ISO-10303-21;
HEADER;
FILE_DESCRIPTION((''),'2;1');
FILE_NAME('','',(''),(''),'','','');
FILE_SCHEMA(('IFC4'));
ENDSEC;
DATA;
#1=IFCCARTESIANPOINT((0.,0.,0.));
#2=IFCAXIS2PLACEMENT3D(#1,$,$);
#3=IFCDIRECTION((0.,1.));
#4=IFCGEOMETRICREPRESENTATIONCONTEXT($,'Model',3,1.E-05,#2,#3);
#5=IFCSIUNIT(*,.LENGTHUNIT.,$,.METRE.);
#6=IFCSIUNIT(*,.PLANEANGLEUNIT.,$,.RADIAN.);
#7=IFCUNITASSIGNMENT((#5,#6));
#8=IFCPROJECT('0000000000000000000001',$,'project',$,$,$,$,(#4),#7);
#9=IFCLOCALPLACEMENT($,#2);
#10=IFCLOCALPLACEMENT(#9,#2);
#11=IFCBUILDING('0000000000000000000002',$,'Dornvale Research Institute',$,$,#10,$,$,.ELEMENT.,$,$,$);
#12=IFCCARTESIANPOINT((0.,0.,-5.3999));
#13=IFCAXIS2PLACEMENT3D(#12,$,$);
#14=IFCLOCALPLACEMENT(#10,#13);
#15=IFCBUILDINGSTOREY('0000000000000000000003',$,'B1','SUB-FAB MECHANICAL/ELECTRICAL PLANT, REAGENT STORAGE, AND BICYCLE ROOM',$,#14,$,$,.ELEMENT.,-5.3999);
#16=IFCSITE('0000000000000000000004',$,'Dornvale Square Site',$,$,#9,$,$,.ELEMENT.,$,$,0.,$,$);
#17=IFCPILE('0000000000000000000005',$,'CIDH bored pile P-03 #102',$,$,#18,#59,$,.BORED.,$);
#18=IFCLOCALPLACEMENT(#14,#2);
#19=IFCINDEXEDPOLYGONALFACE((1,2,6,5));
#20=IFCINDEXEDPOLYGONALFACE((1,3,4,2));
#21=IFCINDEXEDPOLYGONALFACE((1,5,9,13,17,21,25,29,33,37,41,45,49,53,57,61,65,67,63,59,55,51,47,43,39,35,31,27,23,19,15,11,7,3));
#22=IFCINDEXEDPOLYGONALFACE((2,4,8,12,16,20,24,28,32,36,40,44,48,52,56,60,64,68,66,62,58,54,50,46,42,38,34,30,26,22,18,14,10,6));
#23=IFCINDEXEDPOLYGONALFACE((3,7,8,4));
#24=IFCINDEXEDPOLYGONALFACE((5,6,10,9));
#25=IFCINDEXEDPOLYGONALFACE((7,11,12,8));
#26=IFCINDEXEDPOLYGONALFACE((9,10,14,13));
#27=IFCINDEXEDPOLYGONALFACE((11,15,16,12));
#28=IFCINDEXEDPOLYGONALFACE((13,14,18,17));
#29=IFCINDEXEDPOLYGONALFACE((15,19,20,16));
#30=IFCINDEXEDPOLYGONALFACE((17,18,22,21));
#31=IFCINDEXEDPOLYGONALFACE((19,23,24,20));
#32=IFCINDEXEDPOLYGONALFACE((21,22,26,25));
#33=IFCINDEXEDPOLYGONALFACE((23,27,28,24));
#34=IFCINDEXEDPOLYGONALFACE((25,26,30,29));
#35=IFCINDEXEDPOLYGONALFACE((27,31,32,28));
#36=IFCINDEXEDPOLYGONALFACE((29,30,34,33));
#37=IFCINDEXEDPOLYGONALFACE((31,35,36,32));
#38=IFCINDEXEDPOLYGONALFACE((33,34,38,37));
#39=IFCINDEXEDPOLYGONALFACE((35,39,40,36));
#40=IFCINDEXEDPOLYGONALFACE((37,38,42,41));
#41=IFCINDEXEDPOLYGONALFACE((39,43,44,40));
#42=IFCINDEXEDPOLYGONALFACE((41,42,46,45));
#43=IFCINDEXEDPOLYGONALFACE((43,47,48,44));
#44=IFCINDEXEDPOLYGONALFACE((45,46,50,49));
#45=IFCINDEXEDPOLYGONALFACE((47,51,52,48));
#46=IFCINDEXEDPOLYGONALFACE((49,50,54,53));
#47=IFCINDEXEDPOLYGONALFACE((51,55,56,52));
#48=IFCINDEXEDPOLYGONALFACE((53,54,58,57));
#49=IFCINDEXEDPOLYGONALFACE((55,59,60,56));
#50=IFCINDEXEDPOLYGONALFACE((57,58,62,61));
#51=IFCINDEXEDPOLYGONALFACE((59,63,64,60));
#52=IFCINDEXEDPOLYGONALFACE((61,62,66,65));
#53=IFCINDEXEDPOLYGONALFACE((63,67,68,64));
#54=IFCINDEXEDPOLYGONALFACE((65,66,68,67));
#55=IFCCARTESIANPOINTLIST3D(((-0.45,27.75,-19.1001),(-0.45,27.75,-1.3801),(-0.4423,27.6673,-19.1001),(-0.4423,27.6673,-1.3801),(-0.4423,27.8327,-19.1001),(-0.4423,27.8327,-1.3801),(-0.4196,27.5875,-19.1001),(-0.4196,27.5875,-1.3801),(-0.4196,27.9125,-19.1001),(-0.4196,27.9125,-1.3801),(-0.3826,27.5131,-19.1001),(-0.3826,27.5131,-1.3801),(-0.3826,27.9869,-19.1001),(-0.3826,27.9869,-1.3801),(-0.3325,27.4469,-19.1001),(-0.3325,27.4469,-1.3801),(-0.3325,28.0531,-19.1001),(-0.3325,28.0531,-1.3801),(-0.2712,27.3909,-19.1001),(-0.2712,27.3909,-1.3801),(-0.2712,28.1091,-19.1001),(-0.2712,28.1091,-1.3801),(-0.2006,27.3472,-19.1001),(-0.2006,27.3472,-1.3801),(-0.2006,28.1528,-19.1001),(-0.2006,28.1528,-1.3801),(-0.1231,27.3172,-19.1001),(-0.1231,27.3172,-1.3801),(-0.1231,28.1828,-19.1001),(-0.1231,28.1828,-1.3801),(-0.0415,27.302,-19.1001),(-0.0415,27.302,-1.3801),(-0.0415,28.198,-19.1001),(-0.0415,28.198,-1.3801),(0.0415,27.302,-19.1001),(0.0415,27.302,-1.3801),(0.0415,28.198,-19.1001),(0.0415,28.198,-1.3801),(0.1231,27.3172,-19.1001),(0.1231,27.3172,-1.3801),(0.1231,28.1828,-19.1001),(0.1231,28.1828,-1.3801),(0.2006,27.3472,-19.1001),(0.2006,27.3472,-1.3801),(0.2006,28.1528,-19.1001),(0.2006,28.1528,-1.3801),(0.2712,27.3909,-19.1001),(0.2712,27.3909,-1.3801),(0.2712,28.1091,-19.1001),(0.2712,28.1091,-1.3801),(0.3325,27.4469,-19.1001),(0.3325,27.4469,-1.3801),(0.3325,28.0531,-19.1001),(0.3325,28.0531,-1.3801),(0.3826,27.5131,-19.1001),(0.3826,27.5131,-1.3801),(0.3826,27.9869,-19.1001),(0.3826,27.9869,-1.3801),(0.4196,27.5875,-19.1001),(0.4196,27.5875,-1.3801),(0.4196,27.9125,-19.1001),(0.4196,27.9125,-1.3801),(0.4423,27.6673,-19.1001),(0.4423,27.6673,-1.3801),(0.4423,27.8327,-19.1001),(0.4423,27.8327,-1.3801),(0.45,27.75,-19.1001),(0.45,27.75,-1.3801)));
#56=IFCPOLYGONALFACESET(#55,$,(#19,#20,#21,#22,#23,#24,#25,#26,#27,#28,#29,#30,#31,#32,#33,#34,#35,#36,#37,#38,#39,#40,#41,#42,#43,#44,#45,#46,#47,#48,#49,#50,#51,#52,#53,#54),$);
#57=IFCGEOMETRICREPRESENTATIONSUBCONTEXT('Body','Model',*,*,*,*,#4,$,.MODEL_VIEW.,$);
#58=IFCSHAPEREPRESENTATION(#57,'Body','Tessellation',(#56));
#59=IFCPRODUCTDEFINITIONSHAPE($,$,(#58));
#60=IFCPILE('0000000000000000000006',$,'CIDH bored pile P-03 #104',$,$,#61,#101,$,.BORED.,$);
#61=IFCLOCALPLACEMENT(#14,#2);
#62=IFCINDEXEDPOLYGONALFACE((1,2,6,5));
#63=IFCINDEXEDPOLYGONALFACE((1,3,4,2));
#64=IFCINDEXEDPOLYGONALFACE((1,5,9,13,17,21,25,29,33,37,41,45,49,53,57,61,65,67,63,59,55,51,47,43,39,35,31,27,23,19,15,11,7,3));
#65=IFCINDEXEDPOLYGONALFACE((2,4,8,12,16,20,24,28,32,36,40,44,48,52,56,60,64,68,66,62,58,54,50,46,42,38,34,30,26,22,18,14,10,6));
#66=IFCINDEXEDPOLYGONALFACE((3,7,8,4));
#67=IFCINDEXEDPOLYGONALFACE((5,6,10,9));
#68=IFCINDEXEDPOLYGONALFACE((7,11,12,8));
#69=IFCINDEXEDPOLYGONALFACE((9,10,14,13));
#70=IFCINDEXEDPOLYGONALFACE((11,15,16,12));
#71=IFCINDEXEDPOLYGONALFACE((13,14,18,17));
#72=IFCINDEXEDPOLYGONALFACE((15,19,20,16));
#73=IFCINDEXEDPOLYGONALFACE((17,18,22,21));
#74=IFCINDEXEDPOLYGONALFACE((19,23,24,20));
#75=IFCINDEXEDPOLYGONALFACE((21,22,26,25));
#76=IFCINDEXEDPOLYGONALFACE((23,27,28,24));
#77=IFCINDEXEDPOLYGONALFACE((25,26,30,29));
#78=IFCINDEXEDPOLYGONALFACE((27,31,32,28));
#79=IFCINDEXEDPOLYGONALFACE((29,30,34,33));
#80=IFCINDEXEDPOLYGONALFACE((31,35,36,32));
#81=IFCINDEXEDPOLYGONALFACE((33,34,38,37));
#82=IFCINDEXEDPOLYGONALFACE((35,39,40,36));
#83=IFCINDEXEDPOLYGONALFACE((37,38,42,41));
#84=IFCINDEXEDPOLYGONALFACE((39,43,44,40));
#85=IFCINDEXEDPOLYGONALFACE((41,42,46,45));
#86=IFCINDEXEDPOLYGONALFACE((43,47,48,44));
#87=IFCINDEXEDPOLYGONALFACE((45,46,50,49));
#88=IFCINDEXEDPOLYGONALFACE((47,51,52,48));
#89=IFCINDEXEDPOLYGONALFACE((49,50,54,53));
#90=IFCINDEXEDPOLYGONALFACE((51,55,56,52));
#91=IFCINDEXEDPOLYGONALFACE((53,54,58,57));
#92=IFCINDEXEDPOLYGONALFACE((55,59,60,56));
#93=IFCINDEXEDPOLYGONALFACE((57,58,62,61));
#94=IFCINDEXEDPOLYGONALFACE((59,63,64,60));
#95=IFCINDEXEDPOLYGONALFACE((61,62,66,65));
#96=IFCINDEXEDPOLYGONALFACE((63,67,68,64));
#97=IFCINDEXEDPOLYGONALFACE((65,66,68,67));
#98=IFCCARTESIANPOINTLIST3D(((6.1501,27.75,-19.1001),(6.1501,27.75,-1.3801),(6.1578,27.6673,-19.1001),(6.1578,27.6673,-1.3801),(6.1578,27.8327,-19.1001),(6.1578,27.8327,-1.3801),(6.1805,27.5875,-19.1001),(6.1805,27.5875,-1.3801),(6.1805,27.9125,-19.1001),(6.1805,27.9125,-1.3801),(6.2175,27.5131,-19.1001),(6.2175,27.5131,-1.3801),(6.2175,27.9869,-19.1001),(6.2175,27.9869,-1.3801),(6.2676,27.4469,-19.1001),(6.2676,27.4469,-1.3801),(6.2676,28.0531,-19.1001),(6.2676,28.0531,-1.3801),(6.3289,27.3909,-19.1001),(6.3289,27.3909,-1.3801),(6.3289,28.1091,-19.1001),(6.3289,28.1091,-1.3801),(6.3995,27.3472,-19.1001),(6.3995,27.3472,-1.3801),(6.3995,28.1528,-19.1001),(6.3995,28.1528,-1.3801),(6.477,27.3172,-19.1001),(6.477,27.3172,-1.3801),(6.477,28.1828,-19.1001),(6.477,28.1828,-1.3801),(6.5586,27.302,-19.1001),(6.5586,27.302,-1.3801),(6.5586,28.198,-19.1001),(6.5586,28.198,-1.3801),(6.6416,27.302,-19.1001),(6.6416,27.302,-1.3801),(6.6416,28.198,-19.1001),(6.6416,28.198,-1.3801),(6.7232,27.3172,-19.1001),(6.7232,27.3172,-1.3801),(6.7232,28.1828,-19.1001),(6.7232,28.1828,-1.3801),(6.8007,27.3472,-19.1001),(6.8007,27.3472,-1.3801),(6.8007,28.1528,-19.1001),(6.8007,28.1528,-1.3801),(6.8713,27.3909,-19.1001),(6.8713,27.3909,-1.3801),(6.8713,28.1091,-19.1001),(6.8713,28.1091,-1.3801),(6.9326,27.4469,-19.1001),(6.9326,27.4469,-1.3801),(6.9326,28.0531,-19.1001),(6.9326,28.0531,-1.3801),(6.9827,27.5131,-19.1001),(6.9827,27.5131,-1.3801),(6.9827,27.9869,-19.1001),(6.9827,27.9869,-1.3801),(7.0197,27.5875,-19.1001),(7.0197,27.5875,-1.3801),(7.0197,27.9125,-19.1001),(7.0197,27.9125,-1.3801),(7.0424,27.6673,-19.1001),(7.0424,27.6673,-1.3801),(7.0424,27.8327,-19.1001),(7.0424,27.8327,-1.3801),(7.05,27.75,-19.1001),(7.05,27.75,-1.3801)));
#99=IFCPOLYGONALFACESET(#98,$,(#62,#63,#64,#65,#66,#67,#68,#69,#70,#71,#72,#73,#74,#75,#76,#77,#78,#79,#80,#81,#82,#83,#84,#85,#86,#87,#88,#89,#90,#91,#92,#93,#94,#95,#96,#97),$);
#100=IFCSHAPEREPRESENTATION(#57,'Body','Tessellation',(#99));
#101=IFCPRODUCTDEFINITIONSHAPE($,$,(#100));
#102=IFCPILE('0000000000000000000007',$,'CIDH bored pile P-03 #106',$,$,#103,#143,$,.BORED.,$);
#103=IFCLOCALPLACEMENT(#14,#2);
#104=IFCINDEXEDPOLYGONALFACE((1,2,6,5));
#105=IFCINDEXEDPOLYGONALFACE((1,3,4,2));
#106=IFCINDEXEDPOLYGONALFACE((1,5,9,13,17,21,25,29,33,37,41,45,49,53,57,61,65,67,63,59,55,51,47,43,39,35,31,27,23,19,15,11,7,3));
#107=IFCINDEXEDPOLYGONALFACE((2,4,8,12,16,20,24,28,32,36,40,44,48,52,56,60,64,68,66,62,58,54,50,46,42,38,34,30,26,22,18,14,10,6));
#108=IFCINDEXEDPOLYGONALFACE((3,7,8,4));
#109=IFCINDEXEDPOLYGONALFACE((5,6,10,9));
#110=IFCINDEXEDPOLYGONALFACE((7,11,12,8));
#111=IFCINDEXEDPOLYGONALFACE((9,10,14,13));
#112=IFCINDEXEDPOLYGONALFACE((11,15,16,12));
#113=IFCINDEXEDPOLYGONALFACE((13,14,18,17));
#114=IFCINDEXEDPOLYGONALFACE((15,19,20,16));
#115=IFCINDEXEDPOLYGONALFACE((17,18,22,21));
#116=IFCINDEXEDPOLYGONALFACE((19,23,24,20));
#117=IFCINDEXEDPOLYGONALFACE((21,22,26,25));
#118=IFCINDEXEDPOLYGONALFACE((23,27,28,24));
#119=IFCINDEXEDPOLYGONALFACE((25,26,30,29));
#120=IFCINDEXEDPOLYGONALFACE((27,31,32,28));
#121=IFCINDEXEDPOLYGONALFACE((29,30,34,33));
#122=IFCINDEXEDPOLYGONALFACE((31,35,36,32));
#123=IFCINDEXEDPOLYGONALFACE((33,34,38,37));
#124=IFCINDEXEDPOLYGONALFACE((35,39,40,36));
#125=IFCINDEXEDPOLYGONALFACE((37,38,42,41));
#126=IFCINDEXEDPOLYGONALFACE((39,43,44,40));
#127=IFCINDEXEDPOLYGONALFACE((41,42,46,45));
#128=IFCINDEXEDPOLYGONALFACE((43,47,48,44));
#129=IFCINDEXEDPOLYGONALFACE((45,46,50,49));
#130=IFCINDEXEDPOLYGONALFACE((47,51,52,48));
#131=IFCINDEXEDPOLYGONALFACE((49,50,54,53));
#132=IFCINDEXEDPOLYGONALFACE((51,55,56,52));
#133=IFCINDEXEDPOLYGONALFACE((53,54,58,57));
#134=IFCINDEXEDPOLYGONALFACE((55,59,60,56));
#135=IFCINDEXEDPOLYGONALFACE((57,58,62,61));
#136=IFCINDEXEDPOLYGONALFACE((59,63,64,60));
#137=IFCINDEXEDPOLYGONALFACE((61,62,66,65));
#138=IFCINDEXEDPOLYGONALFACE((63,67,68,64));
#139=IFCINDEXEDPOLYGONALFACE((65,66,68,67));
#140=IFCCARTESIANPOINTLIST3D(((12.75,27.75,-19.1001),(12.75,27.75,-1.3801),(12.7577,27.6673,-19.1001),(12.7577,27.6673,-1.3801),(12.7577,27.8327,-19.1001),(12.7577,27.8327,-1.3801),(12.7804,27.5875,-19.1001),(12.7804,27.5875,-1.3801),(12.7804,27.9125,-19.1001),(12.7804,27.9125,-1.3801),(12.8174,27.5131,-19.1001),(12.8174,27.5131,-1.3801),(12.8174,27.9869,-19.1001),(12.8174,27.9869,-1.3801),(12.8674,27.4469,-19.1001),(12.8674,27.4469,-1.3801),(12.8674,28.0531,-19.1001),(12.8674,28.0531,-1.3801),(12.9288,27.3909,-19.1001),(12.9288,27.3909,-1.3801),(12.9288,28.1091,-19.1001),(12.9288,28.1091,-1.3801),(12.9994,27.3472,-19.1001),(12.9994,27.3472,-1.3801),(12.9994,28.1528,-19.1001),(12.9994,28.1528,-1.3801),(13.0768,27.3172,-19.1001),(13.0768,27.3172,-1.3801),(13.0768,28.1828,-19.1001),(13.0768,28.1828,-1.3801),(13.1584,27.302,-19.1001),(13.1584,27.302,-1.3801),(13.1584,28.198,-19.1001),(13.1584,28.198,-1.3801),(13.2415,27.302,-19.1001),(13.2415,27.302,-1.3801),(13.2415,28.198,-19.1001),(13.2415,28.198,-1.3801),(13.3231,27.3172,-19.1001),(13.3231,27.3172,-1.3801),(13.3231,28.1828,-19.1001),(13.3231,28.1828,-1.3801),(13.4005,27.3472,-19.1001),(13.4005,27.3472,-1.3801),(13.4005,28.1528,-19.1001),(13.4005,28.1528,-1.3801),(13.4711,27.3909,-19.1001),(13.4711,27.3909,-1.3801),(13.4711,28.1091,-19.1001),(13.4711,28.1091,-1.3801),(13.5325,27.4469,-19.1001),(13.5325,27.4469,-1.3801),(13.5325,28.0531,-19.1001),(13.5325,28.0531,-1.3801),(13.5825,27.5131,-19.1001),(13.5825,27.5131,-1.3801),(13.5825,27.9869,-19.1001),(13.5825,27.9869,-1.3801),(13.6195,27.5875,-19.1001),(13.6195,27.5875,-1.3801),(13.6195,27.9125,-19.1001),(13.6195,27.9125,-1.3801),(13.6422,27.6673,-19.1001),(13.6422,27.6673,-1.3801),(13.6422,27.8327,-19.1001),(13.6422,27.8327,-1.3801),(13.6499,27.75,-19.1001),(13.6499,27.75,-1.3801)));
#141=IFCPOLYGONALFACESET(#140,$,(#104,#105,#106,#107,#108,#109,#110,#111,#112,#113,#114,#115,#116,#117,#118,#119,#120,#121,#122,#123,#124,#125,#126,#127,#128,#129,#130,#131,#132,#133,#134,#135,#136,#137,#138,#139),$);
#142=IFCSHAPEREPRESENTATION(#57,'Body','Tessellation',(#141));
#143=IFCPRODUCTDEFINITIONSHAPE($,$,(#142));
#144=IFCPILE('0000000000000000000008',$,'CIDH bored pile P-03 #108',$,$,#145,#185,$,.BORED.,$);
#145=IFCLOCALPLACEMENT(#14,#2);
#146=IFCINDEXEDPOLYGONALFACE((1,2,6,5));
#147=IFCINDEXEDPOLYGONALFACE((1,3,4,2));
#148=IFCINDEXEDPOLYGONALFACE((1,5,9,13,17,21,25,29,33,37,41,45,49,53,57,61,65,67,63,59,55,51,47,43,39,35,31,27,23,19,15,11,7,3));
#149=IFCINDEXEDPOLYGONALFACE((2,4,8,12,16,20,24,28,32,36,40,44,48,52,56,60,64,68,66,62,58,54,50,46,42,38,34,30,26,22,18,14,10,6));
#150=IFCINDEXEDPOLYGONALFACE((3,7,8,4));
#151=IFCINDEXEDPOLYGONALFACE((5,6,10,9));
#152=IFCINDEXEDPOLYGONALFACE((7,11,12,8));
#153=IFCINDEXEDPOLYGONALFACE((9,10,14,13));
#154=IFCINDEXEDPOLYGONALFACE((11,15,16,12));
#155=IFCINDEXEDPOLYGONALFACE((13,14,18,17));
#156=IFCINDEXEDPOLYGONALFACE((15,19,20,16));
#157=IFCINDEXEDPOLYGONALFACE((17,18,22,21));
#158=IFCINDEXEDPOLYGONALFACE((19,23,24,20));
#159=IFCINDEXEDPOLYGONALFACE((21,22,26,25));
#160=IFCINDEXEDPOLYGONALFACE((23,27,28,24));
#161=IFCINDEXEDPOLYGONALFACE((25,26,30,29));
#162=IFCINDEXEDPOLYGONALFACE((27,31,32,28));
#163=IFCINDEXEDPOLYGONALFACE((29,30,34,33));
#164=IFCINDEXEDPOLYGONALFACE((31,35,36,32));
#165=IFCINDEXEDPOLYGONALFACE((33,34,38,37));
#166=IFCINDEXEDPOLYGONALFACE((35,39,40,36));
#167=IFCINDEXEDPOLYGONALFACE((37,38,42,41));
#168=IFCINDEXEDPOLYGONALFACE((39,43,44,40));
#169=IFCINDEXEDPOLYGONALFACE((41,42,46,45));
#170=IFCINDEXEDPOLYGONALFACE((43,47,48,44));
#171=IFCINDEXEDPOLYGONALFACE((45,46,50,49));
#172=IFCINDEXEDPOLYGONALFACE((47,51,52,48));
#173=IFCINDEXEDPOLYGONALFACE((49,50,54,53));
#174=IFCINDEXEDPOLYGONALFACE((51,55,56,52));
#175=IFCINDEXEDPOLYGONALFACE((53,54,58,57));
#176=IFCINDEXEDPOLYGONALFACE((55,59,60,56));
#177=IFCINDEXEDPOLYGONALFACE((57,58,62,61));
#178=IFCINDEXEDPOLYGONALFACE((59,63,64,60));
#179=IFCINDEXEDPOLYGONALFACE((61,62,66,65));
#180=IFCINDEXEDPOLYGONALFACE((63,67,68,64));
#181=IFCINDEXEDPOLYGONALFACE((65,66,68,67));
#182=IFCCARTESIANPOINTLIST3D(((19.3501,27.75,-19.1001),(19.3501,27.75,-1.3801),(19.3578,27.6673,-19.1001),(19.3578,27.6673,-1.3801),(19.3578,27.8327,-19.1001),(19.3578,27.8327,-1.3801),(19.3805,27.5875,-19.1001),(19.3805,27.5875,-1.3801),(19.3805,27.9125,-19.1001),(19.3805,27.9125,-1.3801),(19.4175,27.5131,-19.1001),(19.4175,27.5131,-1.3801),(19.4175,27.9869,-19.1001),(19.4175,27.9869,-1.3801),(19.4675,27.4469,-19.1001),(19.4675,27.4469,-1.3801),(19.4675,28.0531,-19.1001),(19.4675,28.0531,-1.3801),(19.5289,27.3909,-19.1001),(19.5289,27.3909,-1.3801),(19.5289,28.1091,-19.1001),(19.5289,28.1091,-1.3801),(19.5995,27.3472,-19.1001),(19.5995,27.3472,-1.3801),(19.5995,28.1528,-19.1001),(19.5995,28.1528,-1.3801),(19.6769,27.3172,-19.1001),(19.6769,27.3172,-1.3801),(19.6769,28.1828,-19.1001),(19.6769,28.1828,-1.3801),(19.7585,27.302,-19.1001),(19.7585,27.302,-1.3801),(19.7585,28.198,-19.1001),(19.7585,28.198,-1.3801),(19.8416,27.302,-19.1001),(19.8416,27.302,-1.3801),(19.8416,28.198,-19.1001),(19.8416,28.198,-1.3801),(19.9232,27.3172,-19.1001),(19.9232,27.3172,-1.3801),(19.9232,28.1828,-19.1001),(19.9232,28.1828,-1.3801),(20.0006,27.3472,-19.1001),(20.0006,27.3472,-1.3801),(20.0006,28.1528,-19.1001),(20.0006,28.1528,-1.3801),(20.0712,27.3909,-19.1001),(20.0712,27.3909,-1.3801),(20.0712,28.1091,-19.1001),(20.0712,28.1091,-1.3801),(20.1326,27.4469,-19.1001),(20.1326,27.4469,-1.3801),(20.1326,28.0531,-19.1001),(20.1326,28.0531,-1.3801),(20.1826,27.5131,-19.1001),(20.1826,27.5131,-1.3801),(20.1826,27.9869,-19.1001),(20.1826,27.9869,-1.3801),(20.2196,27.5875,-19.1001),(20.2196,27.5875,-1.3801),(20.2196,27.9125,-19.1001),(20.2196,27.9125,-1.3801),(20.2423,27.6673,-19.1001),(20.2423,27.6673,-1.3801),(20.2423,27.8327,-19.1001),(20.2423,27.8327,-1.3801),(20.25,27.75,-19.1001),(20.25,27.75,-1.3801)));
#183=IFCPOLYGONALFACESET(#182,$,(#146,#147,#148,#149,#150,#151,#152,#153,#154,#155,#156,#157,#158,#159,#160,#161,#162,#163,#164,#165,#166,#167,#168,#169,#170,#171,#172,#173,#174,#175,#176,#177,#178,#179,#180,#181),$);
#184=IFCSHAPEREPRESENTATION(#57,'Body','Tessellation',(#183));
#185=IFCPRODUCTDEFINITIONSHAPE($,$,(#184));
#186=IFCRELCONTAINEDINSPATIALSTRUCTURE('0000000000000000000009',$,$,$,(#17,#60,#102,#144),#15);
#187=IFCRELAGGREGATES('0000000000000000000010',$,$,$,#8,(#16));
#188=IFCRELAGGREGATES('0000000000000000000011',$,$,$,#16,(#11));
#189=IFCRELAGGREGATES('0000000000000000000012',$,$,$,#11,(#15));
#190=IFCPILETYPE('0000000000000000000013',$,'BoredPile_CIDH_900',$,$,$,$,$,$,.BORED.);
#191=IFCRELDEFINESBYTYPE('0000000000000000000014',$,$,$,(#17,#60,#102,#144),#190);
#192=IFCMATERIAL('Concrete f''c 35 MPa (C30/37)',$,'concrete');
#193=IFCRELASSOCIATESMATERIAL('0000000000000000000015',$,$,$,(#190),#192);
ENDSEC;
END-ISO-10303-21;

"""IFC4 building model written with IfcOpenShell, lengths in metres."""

from ifc_helpers import new_model, si_unit, direction, frame, origin, origin_2d, place, context, subcontext, project, spatial, circle, extrude, material, material_profile, profile_set, type_object, element, save


model = new_model("IFC4")

# Units and contexts
model_context = context("Model", 3, precision=1e-05, world=origin(), true_north=direction((0.0, 1.0)))
body_context = subcontext(model_context, "Body", "Model", "MODEL_VIEW")
ifc_project = project(units=[si_unit("LENGTHUNIT", "METRE"), si_unit("PLANEANGLEUNIT", "RADIAN")], contexts=[model_context])

# Site, building, storey
site_placement = place(None, origin())
site = spatial("IfcSite", under=ifc_project, at=site_placement, Name="Dornvale Square Site", CompositionType="ELEMENT", RefElevation=0.0)
building_placement = place(site_placement, origin())
building = spatial("IfcBuilding", under=site, at=building_placement, Name="Dornvale Research Institute", CompositionType="ELEMENT")
storey_placement = place(building_placement, frame((0.0, 0.0, -5.3999)))
storey = spatial("IfcBuildingStorey", under=building, at=storey_placement, Name="B1", Description="SUB-FAB MECHANICAL/ELECTRICAL PLANT, REAGENT STORAGE, AND BICYCLE ROOM", CompositionType="ELEMENT", Elevation=-5.3999)

# Piles
ifc_material_1 = material(Name="Concrete f'c 35 MPa (C30/37)", Category="concrete")
ifc_material_profile_1 = material_profile(ifc_material_1, circle(Radius=0.45, at=origin_2d()), Name="CIDH PILE D900")
ifc_profile_set_1 = profile_set([ifc_material_profile_1], Name="Concrete f'c 35 MPa (C30/37)")
pile_type = type_object("IfcPileType", Name="BoredPile_CIDH_900", PredefinedType="BORED", material=ifc_profile_set_1)
for number, where, z_axis, x_axis, name in (
    (1, (0.0, 27.75, -1.3801), (0.0, 0.0, -1.0), (1.0, 0.0, 0.0), "CIDH bored pile P-03 #102"),
    (2, (6.6001, 27.75, -1.3801), (0.0, 0.0, -1.0), (1.0, 0.0, 0.0), "CIDH bored pile P-03 #104"),
    (3, (13.2, 27.75, -1.3801), (0.0, 0.0, -1.0), (1.0, 0.0, 0.0), "CIDH bored pile P-03 #106"),
    (4, (19.8, 27.75, -1.3801), (0.0, 0.0, -1.0), (1.0, 0.0, 0.0), "CIDH bored pile P-03 #108"),
):
    element("IfcPile", number, at=place(storey_placement, frame(where, z_axis=z_axis, x_axis=x_axis)), inside=storey, type_object=pile_type, Name=name, PredefinedType="BORED", context=body_context, shape_type="SweptSolid", body=[
        extrude(circle(Radius=0.45, at=origin_2d()), origin(), (0.0, 0.0, 1.0), 17.72),
    ])

save(model, "model.ifc")
